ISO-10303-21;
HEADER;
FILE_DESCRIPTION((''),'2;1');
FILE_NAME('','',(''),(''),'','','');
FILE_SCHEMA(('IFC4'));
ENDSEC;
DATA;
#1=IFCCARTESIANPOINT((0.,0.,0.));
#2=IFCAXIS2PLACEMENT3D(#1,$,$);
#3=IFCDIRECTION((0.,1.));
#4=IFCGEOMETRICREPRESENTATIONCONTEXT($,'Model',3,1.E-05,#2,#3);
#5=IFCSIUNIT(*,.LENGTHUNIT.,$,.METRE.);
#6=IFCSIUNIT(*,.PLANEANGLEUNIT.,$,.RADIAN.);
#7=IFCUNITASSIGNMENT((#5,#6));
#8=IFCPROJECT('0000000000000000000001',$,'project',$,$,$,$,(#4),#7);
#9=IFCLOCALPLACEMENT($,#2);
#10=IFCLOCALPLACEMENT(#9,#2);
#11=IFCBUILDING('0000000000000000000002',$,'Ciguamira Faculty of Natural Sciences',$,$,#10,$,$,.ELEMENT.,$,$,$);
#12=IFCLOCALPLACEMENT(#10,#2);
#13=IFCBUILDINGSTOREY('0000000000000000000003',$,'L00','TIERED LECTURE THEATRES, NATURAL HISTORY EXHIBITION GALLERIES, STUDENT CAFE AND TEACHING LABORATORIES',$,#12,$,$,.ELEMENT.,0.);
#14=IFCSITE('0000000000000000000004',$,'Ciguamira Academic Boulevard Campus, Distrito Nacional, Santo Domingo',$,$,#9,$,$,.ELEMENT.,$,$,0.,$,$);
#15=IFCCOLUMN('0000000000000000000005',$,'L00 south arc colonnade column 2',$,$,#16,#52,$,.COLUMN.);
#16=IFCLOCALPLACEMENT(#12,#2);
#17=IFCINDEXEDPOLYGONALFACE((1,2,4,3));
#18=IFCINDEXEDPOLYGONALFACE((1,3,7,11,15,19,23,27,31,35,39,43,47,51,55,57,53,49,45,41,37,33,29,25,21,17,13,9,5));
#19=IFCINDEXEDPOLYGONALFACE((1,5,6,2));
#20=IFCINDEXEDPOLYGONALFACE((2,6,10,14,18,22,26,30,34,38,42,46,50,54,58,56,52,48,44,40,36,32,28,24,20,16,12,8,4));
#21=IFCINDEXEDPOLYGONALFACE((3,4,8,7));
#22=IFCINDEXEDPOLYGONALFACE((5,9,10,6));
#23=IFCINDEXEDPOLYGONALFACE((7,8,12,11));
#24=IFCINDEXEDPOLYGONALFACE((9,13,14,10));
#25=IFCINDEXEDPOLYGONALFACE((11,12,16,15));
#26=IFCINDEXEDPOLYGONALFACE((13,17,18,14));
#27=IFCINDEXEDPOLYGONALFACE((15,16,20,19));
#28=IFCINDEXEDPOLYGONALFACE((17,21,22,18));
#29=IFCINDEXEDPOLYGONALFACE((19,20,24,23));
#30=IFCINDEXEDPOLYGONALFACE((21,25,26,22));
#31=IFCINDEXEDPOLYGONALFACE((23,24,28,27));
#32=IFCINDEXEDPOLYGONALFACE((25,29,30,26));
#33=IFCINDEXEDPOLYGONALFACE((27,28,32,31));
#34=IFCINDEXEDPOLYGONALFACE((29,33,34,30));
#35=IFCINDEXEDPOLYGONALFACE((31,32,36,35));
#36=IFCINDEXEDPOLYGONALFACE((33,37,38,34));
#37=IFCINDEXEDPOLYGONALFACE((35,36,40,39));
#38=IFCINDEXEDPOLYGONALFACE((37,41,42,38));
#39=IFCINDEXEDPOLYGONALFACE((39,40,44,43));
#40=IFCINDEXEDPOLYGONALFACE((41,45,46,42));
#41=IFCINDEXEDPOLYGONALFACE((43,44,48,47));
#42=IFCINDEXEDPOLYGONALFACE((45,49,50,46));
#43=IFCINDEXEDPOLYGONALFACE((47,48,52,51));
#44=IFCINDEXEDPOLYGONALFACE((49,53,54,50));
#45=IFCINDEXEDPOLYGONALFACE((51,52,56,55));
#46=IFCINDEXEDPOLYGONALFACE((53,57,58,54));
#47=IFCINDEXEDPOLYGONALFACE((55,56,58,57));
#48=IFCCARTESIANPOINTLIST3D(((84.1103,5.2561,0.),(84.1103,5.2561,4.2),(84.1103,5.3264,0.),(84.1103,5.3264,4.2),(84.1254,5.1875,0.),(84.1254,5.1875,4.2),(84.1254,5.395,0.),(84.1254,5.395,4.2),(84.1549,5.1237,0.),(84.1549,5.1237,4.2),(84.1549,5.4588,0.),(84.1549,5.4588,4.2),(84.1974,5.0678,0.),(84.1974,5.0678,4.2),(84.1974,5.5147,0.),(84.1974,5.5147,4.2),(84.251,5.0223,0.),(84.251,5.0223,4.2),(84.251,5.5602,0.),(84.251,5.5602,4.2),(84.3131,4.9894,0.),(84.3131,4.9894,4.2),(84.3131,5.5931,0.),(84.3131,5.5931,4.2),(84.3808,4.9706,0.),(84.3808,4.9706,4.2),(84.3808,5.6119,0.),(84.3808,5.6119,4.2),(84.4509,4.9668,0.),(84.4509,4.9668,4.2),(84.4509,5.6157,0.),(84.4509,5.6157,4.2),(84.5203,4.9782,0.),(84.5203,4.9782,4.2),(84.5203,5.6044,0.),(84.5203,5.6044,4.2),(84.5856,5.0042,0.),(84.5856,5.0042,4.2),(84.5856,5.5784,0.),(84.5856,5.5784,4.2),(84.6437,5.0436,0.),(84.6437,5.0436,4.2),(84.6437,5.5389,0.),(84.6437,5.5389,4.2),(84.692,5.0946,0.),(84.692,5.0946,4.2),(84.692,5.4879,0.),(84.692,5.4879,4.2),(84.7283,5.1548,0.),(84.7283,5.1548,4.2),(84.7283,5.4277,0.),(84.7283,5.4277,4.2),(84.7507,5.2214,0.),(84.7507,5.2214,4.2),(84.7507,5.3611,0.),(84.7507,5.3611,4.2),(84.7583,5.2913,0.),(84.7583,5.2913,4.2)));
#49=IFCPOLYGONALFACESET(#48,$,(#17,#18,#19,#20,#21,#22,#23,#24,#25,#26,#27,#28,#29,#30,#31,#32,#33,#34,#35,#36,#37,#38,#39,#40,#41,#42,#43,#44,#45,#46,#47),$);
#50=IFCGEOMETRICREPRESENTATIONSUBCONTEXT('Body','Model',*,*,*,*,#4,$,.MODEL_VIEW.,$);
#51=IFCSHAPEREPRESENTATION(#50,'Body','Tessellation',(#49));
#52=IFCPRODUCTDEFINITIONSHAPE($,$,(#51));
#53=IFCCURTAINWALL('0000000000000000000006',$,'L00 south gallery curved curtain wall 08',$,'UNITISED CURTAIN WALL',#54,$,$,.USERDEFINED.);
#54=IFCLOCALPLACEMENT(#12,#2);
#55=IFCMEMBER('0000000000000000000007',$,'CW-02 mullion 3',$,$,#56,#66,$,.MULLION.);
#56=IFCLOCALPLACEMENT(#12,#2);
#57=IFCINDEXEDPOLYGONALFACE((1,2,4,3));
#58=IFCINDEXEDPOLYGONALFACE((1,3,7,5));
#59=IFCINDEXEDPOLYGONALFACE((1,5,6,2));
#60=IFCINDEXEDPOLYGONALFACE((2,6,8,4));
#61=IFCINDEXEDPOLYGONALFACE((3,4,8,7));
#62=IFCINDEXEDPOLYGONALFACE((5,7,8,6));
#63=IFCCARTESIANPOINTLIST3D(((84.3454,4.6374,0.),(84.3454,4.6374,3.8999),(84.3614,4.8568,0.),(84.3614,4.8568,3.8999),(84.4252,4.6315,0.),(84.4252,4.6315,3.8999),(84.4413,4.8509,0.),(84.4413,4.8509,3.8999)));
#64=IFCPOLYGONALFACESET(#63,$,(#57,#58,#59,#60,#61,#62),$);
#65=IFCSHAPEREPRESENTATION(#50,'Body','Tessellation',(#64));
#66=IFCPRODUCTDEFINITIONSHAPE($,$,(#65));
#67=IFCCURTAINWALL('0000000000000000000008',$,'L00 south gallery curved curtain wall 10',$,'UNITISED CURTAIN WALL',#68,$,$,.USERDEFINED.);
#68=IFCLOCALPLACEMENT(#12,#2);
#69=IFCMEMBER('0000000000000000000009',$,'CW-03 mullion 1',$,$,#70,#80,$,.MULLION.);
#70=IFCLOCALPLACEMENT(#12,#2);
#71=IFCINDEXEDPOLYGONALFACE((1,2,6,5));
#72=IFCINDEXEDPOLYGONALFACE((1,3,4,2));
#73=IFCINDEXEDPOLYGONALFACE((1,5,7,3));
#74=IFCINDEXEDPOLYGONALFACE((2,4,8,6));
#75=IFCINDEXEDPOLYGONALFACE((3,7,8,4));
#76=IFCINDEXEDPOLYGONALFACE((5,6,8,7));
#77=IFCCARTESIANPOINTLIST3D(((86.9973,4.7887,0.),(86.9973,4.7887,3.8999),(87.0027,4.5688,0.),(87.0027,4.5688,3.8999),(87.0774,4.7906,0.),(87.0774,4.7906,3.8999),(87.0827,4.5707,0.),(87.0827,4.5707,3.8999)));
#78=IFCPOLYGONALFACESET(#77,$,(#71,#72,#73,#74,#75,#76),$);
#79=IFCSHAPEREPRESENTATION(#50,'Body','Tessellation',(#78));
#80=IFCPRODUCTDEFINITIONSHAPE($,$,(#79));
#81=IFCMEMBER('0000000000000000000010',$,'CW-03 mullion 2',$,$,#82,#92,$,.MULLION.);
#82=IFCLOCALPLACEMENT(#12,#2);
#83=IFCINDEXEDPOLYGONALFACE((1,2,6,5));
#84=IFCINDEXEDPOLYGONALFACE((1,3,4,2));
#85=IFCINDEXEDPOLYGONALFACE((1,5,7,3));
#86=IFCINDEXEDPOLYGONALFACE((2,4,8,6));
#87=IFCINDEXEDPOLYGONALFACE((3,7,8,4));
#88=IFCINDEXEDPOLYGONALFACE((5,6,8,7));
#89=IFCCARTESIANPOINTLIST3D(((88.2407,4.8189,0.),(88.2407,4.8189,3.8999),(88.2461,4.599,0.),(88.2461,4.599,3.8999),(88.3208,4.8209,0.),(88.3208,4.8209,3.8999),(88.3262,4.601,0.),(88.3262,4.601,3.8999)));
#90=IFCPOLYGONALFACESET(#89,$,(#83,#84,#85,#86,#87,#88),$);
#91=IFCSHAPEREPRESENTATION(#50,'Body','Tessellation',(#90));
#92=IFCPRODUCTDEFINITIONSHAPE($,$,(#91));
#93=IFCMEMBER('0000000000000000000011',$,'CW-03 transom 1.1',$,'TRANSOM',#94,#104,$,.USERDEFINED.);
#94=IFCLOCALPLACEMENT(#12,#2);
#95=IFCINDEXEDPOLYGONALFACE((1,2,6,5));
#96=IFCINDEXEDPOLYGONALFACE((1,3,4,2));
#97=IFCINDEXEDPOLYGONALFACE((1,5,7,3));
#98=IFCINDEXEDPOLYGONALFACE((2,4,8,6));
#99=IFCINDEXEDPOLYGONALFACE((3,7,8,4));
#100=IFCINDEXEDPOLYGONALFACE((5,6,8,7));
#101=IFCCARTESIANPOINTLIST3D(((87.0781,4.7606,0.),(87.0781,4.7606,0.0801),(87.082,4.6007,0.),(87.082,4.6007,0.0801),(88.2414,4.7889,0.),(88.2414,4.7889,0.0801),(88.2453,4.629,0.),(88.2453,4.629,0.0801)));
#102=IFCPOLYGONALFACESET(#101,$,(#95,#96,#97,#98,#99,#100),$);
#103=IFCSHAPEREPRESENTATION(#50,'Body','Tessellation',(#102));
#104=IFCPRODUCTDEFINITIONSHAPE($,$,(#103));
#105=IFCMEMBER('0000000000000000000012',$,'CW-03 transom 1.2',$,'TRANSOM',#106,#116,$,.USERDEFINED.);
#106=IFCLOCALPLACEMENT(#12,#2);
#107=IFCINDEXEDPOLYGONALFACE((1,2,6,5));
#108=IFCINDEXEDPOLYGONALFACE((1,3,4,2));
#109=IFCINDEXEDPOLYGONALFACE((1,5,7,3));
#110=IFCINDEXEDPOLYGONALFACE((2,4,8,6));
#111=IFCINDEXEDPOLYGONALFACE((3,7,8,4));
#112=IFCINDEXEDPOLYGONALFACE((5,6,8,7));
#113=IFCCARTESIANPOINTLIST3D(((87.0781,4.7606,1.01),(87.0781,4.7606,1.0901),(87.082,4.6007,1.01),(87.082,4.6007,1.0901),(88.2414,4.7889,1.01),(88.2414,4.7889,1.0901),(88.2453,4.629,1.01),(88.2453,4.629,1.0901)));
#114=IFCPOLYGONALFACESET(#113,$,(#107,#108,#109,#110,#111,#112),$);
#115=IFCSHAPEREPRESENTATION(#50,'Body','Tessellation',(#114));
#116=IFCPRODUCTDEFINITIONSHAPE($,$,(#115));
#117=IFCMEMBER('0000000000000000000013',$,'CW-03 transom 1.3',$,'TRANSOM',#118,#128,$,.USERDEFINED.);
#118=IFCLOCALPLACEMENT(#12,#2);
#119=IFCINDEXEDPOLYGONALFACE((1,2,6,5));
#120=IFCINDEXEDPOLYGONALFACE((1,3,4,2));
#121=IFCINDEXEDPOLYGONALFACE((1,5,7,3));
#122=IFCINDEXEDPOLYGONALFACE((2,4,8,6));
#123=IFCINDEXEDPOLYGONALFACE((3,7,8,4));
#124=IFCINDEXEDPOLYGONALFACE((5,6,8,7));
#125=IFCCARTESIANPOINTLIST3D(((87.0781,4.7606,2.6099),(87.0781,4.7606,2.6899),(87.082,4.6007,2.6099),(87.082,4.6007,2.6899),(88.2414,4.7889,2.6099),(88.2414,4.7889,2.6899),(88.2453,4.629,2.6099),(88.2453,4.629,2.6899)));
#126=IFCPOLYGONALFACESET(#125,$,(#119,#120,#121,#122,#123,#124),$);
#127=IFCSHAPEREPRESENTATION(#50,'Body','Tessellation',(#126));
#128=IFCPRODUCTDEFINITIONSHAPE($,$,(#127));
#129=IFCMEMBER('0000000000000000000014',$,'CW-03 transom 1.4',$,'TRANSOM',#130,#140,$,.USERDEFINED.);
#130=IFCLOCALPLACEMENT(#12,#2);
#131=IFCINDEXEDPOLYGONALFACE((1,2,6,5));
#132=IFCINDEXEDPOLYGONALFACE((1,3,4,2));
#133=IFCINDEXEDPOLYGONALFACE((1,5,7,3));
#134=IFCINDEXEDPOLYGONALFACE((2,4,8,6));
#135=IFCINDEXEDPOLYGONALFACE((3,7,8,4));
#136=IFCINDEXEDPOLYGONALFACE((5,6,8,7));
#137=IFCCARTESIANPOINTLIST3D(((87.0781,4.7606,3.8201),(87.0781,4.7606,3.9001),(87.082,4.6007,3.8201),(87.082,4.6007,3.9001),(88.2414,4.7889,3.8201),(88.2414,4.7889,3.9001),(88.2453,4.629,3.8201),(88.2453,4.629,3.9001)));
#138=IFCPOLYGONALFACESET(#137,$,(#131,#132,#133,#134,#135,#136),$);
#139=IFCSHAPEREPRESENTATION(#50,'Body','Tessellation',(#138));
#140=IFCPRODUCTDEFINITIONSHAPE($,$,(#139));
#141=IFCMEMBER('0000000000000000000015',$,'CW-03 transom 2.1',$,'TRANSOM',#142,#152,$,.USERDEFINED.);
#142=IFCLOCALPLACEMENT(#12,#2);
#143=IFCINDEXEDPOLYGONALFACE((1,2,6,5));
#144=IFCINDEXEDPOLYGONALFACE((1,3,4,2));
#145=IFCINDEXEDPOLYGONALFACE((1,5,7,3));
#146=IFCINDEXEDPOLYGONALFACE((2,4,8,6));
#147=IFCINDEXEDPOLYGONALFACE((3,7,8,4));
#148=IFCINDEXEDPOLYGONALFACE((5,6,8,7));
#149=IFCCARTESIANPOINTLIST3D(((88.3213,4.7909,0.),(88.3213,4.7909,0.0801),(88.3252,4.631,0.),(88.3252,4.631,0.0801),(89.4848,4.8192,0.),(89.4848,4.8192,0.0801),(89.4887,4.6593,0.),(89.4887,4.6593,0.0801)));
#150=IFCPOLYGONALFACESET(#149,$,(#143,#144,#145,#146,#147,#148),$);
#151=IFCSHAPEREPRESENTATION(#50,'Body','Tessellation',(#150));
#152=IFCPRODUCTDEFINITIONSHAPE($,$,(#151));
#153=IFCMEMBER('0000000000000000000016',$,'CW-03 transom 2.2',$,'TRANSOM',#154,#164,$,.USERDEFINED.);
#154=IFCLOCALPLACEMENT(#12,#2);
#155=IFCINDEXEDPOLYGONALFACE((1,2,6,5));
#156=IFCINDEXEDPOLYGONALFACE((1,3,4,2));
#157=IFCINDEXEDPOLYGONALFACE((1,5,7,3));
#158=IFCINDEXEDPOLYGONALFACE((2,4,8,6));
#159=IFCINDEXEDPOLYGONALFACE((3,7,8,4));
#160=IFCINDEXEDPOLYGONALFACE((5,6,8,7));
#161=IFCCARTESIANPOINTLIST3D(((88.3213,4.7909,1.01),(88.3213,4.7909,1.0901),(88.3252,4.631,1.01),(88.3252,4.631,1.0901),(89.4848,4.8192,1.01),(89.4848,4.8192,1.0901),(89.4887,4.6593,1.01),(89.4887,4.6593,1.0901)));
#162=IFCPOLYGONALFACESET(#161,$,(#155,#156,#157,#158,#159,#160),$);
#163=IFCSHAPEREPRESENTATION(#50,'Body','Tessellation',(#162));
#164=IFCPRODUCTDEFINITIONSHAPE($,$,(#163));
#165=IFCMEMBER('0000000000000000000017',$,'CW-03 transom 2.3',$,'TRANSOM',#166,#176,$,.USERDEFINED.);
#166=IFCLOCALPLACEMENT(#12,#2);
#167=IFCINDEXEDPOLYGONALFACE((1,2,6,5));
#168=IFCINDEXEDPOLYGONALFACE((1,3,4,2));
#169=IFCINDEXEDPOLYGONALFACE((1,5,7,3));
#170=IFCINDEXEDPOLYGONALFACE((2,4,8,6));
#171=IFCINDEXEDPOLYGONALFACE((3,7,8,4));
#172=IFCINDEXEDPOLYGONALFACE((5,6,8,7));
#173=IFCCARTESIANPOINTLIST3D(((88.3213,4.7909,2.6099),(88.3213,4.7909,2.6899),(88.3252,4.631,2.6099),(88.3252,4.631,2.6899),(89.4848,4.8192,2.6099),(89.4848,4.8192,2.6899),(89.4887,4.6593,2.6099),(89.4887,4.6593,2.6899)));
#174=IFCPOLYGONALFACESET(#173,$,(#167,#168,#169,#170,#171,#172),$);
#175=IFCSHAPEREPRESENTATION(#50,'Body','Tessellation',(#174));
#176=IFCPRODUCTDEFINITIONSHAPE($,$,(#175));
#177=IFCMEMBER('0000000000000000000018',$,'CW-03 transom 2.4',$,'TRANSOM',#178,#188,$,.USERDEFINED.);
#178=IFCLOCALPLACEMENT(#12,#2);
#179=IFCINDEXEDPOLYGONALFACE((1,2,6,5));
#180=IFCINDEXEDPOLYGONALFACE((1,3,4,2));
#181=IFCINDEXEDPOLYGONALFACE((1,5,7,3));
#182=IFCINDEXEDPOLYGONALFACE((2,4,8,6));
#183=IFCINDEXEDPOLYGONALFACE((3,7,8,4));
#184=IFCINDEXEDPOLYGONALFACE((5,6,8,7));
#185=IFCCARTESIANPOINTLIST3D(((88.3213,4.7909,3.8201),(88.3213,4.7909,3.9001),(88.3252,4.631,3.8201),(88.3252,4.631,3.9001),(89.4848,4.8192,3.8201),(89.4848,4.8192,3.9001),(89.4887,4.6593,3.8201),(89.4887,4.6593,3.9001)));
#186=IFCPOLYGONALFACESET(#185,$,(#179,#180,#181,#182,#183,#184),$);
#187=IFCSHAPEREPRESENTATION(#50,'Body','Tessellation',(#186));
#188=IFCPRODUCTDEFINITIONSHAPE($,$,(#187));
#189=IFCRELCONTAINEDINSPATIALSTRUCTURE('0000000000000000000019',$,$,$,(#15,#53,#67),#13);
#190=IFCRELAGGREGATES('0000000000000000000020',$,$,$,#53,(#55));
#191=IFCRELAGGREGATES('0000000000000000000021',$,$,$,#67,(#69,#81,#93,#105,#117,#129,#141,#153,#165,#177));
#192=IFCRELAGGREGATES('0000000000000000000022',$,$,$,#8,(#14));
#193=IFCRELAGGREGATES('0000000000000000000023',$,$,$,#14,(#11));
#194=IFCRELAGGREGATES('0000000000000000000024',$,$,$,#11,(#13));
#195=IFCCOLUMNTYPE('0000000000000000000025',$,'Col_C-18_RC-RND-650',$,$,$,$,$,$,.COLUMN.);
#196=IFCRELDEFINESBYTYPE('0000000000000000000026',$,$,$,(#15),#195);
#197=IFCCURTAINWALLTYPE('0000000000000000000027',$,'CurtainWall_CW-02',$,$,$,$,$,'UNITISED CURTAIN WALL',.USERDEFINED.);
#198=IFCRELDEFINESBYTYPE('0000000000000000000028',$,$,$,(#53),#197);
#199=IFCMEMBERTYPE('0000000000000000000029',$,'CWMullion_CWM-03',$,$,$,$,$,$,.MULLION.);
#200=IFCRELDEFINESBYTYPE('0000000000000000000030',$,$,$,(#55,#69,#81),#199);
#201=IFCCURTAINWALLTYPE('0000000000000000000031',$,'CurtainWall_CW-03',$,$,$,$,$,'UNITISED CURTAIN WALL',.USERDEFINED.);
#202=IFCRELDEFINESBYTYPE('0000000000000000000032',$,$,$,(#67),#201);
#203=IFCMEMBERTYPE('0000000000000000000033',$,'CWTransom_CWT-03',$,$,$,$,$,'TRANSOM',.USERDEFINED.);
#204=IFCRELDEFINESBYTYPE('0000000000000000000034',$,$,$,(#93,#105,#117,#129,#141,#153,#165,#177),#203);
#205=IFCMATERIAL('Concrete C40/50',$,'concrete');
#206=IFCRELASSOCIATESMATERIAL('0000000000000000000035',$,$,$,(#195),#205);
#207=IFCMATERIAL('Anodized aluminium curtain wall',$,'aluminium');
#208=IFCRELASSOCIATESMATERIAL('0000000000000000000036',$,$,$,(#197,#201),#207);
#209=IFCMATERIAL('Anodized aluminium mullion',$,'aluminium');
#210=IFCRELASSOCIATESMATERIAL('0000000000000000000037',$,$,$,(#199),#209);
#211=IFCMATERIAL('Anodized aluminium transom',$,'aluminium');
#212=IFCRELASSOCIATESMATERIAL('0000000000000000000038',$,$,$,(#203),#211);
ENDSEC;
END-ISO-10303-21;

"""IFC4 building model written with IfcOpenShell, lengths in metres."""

from ifc_helpers import new_model, si_unit, direction, frame, origin, origin_2d, place, context, subcontext, project, spatial, rectangle, circle, extrude, material, material_profile, profile_set, type_object, element, aggregate, save


model = new_model("IFC4")

# Units and contexts
model_context = context("Model", 3, precision=1e-05, world=origin(), true_north=direction((0.0, 1.0)))
body_context = subcontext(model_context, "Body", "Model", "MODEL_VIEW")
ifc_project = project(units=[si_unit("LENGTHUNIT", "METRE"), si_unit("PLANEANGLEUNIT", "RADIAN")], contexts=[model_context])

# Site, building, storey
site_placement = place(None, origin())
site = spatial("IfcSite", under=ifc_project, at=site_placement, Name="Ciguamira Academic Boulevard Campus, Distrito Nacional, Santo Domingo", CompositionType="ELEMENT", RefElevation=0.0)
building_placement = place(site_placement, origin())
building = spatial("IfcBuilding", under=site, at=building_placement, Name="Ciguamira Faculty of Natural Sciences", CompositionType="ELEMENT")
storey_placement = place(building_placement, origin())
storey = spatial("IfcBuildingStorey", under=building, at=storey_placement, Name="L00", Description="TIERED LECTURE THEATRES, NATURAL HISTORY EXHIBITION GALLERIES, STUDENT CAFE AND TEACHING LABORATORIES", CompositionType="ELEMENT", Elevation=0.0)

# Column
ifc_material_1 = material(Name="Concrete C40/50", Category="concrete")
ifc_material_profile_1 = material_profile(ifc_material_1, circle(Radius=0.325, at=origin_2d()), Name="RC-RND-650")
ifc_profile_set_1 = profile_set([ifc_material_profile_1], Name="Concrete C40/50")
column_type = type_object("IfcColumnType", Name="Col_C-18_RC-RND-650", PredefinedType="COLUMN", material=ifc_profile_set_1)
column_placement = place(storey_placement, frame((84.4333, 5.2913, 0.0), z_axis=(0.0, 0.0, 1.0), x_axis=(1.0, 0.0, 0.0)))
element("IfcColumn", 1, at=column_placement, inside=storey, type_object=column_type, Name="L00 south arc colonnade column 2", PredefinedType="COLUMN", context=body_context, shape_type="SweptSolid", body=[
    extrude(circle(Radius=0.325, at=origin_2d()), origin(), (0.0, 0.0, 1.0), 4.2),
])

# Curtain wall, member
ifc_material_2 = material(Name="Anodized aluminium curtain wall", Category="aluminium")
curtain_wall_type_1 = type_object("IfcCurtainWallType", Name="CurtainWall_CW-02", ElementType="UNITISED CURTAIN WALL", PredefinedType="USERDEFINED", material=ifc_material_2)
curtain_wall_1_placement = place(storey_placement, origin())
curtain_wall_1 = element("IfcCurtainWall", 2, at=curtain_wall_1_placement, inside=storey, type_object=curtain_wall_type_1, Name="L00 south gallery curved curtain wall 08", ObjectType="UNITISED CURTAIN WALL", PredefinedType="USERDEFINED")
ifc_material_3 = material(Name="Anodized aluminium mullion", Category="aluminium")
ifc_material_profile_2 = material_profile(ifc_material_3, rectangle(XDim=0.0801, YDim=0.22, at=origin_2d()), Name="ALU-MUL-80X220")
ifc_profile_set_2 = profile_set([ifc_material_profile_2], Name="Anodized aluminium mullion")
member_type_1 = type_object("IfcMemberType", Name="CWMullion_CWM-03", PredefinedType="MULLION", material=ifc_profile_set_2)
member_1_placement = place(storey_placement, frame((84.3933, 4.7441, 0.0), z_axis=(0.0, 0.0, 1.0), x_axis=(0.997337, -0.072937, 0.0)))
member_1 = element("IfcMember", 3, at=member_1_placement, type_object=member_type_1, Name="CW-02 mullion 3", PredefinedType="MULLION", context=body_context, shape_type="SweptSolid", body=[
    extrude(rectangle(XDim=0.0801, YDim=0.22, at=origin_2d()), origin(), (0.0, 0.0, 1.0), 3.8999),
])

# Curtain wall, members
curtain_wall_type_2 = type_object("IfcCurtainWallType", Name="CurtainWall_CW-03", ElementType="UNITISED CURTAIN WALL", PredefinedType="USERDEFINED", material=ifc_material_2)
curtain_wall_2_placement = place(storey_placement, origin())
curtain_wall_2 = element("IfcCurtainWall", 4, at=curtain_wall_2_placement, inside=storey, type_object=curtain_wall_type_2, Name="L00 south gallery curved curtain wall 10", ObjectType="UNITISED CURTAIN WALL", PredefinedType="USERDEFINED")
member_2_placement = place(storey_placement, frame((87.04, 4.6797, 0.0), z_axis=(0.0, 0.0, 1.0), x_axis=(0.999704, 0.024343, 0.0)))
member_2 = element("IfcMember", 5, at=member_2_placement, type_object=member_type_1, Name="CW-03 mullion 1", PredefinedType="MULLION", context=body_context, shape_type="SweptSolid", body=[
    extrude(rectangle(XDim=0.0801, YDim=0.22, at=origin_2d()), origin(), (0.0, 0.0, 1.0), 3.8999),
])
member_3_placement = place(storey_placement, frame((88.2834, 4.71, 0.0), z_axis=(0.0, 0.0, 1.0), x_axis=(0.999704, 0.024343, 0.0)))
member_3 = element("IfcMember", 6, at=member_3_placement, type_object=member_type_1, Name="CW-03 mullion 2", PredefinedType="MULLION", context=body_context, shape_type="SweptSolid", body=[
    extrude(rectangle(XDim=0.0801, YDim=0.22, at=origin_2d()), origin(), (0.0, 0.0, 1.0), 3.8999),
])
ifc_material_4 = material(Name="Anodized aluminium transom", Category="aluminium")
ifc_material_profile_3 = material_profile(ifc_material_4, rectangle(XDim=0.0801, YDim=0.1599, at=origin_2d()), Name="ALU-TRN-80X160")
ifc_profile_set_3 = profile_set([ifc_material_profile_3], Name="Anodized aluminium transom")
member_type_2 = type_object("IfcMemberType", Name="CWTransom_CWT-03", ElementType="TRANSOM", PredefinedType="USERDEFINED", material=ifc_profile_set_3)
member_4_placement = place(storey_placement, frame((87.0801, 4.6807, 0.04), z_axis=(0.999704, 0.024337, 0.0), x_axis=(0.0, 0.0, 1.0)))
member_4 = element("IfcMember", 7, at=member_4_placement, type_object=member_type_2, Name="CW-03 transom 1.1", ObjectType="TRANSOM", PredefinedType="USERDEFINED", context=body_context, shape_type="SweptSolid", body=[
    extrude(rectangle(XDim=0.0801, YDim=0.1599, at=origin_2d()), origin(), (0.0, 0.0, 1.0), 1.1636),
])
member_5_placement = place(storey_placement, frame((87.0801, 4.6807, 1.05), z_axis=(0.999704, 0.024337, 0.0), x_axis=(0.0, 0.0, 1.0)))
member_5 = element("IfcMember", 8, at=member_5_placement, type_object=member_type_2, Name="CW-03 transom 1.2", ObjectType="TRANSOM", PredefinedType="USERDEFINED", context=body_context, shape_type="SweptSolid", body=[
    extrude(rectangle(XDim=0.0801, YDim=0.1599, at=origin_2d()), origin(), (0.0, 0.0, 1.0), 1.1636),
])
member_6_placement = place(storey_placement, frame((87.0801, 4.6807, 2.6499), z_axis=(0.999704, 0.024337, 0.0), x_axis=(0.0, 0.0, 1.0)))
member_6 = element("IfcMember", 9, at=member_6_placement, type_object=member_type_2, Name="CW-03 transom 1.3", ObjectType="TRANSOM", PredefinedType="USERDEFINED", context=body_context, shape_type="SweptSolid", body=[
    extrude(rectangle(XDim=0.0801, YDim=0.1599, at=origin_2d()), origin(), (0.0, 0.0, 1.0), 1.1636),
])
member_7_placement = place(storey_placement, frame((87.0801, 4.6807, 3.8601), z_axis=(0.999704, 0.024337, 0.0), x_axis=(0.0, 0.0, 1.0)))
member_7 = element("IfcMember", 10, at=member_7_placement, type_object=member_type_2, Name="CW-03 transom 1.4", ObjectType="TRANSOM", PredefinedType="USERDEFINED", context=body_context, shape_type="SweptSolid", body=[
    extrude(rectangle(XDim=0.0801, YDim=0.1599, at=origin_2d()), origin(), (0.0, 0.0, 1.0), 1.1636),
])
member_8_placement = place(storey_placement, frame((88.3232, 4.7109, 0.04), z_axis=(0.999704, 0.024332, 0.0), x_axis=(0.0, 0.0, 1.0)))
member_8 = element("IfcMember", 11, at=member_8_placement, type_object=member_type_2, Name="CW-03 transom 2.1", ObjectType="TRANSOM", PredefinedType="USERDEFINED", context=body_context, shape_type="SweptSolid", body=[
    extrude(rectangle(XDim=0.0801, YDim=0.1599, at=origin_2d()), origin(), (0.0, 0.0, 1.0), 1.1638),
])
member_9_placement = place(storey_placement, frame((88.3232, 4.7109, 1.05), z_axis=(0.999704, 0.024332, 0.0), x_axis=(0.0, 0.0, 1.0)))
member_9 = element("IfcMember", 12, at=member_9_placement, type_object=member_type_2, Name="CW-03 transom 2.2", ObjectType="TRANSOM", PredefinedType="USERDEFINED", context=body_context, shape_type="SweptSolid", body=[
    extrude(rectangle(XDim=0.0801, YDim=0.1599, at=origin_2d()), origin(), (0.0, 0.0, 1.0), 1.1638),
])
member_10_placement = place(storey_placement, frame((88.3232, 4.7109, 2.6499), z_axis=(0.999704, 0.024332, 0.0), x_axis=(0.0, 0.0, 1.0)))
member_10 = element("IfcMember", 13, at=member_10_placement, type_object=member_type_2, Name="CW-03 transom 2.3", ObjectType="TRANSOM", PredefinedType="USERDEFINED", context=body_context, shape_type="SweptSolid", body=[
    extrude(rectangle(XDim=0.0801, YDim=0.1599, at=origin_2d()), origin(), (0.0, 0.0, 1.0), 1.1638),
])
member_11_placement = place(storey_placement, frame((88.3232, 4.7109, 3.8601), z_axis=(0.999704, 0.024332, 0.0), x_axis=(0.0, 0.0, 1.0)))
member_11 = element("IfcMember", 14, at=member_11_placement, type_object=member_type_2, Name="CW-03 transom 2.4", ObjectType="TRANSOM", PredefinedType="USERDEFINED", context=body_context, shape_type="SweptSolid", body=[
    extrude(rectangle(XDim=0.0801, YDim=0.1599, at=origin_2d()), origin(), (0.0, 0.0, 1.0), 1.1638),
])

aggregate(curtain_wall_1, [member_1])
aggregate(curtain_wall_2, [member_2, member_3, member_4, member_5, member_6, member_7, member_8, member_9, member_10, member_11])

save(model, "model.ifc")
